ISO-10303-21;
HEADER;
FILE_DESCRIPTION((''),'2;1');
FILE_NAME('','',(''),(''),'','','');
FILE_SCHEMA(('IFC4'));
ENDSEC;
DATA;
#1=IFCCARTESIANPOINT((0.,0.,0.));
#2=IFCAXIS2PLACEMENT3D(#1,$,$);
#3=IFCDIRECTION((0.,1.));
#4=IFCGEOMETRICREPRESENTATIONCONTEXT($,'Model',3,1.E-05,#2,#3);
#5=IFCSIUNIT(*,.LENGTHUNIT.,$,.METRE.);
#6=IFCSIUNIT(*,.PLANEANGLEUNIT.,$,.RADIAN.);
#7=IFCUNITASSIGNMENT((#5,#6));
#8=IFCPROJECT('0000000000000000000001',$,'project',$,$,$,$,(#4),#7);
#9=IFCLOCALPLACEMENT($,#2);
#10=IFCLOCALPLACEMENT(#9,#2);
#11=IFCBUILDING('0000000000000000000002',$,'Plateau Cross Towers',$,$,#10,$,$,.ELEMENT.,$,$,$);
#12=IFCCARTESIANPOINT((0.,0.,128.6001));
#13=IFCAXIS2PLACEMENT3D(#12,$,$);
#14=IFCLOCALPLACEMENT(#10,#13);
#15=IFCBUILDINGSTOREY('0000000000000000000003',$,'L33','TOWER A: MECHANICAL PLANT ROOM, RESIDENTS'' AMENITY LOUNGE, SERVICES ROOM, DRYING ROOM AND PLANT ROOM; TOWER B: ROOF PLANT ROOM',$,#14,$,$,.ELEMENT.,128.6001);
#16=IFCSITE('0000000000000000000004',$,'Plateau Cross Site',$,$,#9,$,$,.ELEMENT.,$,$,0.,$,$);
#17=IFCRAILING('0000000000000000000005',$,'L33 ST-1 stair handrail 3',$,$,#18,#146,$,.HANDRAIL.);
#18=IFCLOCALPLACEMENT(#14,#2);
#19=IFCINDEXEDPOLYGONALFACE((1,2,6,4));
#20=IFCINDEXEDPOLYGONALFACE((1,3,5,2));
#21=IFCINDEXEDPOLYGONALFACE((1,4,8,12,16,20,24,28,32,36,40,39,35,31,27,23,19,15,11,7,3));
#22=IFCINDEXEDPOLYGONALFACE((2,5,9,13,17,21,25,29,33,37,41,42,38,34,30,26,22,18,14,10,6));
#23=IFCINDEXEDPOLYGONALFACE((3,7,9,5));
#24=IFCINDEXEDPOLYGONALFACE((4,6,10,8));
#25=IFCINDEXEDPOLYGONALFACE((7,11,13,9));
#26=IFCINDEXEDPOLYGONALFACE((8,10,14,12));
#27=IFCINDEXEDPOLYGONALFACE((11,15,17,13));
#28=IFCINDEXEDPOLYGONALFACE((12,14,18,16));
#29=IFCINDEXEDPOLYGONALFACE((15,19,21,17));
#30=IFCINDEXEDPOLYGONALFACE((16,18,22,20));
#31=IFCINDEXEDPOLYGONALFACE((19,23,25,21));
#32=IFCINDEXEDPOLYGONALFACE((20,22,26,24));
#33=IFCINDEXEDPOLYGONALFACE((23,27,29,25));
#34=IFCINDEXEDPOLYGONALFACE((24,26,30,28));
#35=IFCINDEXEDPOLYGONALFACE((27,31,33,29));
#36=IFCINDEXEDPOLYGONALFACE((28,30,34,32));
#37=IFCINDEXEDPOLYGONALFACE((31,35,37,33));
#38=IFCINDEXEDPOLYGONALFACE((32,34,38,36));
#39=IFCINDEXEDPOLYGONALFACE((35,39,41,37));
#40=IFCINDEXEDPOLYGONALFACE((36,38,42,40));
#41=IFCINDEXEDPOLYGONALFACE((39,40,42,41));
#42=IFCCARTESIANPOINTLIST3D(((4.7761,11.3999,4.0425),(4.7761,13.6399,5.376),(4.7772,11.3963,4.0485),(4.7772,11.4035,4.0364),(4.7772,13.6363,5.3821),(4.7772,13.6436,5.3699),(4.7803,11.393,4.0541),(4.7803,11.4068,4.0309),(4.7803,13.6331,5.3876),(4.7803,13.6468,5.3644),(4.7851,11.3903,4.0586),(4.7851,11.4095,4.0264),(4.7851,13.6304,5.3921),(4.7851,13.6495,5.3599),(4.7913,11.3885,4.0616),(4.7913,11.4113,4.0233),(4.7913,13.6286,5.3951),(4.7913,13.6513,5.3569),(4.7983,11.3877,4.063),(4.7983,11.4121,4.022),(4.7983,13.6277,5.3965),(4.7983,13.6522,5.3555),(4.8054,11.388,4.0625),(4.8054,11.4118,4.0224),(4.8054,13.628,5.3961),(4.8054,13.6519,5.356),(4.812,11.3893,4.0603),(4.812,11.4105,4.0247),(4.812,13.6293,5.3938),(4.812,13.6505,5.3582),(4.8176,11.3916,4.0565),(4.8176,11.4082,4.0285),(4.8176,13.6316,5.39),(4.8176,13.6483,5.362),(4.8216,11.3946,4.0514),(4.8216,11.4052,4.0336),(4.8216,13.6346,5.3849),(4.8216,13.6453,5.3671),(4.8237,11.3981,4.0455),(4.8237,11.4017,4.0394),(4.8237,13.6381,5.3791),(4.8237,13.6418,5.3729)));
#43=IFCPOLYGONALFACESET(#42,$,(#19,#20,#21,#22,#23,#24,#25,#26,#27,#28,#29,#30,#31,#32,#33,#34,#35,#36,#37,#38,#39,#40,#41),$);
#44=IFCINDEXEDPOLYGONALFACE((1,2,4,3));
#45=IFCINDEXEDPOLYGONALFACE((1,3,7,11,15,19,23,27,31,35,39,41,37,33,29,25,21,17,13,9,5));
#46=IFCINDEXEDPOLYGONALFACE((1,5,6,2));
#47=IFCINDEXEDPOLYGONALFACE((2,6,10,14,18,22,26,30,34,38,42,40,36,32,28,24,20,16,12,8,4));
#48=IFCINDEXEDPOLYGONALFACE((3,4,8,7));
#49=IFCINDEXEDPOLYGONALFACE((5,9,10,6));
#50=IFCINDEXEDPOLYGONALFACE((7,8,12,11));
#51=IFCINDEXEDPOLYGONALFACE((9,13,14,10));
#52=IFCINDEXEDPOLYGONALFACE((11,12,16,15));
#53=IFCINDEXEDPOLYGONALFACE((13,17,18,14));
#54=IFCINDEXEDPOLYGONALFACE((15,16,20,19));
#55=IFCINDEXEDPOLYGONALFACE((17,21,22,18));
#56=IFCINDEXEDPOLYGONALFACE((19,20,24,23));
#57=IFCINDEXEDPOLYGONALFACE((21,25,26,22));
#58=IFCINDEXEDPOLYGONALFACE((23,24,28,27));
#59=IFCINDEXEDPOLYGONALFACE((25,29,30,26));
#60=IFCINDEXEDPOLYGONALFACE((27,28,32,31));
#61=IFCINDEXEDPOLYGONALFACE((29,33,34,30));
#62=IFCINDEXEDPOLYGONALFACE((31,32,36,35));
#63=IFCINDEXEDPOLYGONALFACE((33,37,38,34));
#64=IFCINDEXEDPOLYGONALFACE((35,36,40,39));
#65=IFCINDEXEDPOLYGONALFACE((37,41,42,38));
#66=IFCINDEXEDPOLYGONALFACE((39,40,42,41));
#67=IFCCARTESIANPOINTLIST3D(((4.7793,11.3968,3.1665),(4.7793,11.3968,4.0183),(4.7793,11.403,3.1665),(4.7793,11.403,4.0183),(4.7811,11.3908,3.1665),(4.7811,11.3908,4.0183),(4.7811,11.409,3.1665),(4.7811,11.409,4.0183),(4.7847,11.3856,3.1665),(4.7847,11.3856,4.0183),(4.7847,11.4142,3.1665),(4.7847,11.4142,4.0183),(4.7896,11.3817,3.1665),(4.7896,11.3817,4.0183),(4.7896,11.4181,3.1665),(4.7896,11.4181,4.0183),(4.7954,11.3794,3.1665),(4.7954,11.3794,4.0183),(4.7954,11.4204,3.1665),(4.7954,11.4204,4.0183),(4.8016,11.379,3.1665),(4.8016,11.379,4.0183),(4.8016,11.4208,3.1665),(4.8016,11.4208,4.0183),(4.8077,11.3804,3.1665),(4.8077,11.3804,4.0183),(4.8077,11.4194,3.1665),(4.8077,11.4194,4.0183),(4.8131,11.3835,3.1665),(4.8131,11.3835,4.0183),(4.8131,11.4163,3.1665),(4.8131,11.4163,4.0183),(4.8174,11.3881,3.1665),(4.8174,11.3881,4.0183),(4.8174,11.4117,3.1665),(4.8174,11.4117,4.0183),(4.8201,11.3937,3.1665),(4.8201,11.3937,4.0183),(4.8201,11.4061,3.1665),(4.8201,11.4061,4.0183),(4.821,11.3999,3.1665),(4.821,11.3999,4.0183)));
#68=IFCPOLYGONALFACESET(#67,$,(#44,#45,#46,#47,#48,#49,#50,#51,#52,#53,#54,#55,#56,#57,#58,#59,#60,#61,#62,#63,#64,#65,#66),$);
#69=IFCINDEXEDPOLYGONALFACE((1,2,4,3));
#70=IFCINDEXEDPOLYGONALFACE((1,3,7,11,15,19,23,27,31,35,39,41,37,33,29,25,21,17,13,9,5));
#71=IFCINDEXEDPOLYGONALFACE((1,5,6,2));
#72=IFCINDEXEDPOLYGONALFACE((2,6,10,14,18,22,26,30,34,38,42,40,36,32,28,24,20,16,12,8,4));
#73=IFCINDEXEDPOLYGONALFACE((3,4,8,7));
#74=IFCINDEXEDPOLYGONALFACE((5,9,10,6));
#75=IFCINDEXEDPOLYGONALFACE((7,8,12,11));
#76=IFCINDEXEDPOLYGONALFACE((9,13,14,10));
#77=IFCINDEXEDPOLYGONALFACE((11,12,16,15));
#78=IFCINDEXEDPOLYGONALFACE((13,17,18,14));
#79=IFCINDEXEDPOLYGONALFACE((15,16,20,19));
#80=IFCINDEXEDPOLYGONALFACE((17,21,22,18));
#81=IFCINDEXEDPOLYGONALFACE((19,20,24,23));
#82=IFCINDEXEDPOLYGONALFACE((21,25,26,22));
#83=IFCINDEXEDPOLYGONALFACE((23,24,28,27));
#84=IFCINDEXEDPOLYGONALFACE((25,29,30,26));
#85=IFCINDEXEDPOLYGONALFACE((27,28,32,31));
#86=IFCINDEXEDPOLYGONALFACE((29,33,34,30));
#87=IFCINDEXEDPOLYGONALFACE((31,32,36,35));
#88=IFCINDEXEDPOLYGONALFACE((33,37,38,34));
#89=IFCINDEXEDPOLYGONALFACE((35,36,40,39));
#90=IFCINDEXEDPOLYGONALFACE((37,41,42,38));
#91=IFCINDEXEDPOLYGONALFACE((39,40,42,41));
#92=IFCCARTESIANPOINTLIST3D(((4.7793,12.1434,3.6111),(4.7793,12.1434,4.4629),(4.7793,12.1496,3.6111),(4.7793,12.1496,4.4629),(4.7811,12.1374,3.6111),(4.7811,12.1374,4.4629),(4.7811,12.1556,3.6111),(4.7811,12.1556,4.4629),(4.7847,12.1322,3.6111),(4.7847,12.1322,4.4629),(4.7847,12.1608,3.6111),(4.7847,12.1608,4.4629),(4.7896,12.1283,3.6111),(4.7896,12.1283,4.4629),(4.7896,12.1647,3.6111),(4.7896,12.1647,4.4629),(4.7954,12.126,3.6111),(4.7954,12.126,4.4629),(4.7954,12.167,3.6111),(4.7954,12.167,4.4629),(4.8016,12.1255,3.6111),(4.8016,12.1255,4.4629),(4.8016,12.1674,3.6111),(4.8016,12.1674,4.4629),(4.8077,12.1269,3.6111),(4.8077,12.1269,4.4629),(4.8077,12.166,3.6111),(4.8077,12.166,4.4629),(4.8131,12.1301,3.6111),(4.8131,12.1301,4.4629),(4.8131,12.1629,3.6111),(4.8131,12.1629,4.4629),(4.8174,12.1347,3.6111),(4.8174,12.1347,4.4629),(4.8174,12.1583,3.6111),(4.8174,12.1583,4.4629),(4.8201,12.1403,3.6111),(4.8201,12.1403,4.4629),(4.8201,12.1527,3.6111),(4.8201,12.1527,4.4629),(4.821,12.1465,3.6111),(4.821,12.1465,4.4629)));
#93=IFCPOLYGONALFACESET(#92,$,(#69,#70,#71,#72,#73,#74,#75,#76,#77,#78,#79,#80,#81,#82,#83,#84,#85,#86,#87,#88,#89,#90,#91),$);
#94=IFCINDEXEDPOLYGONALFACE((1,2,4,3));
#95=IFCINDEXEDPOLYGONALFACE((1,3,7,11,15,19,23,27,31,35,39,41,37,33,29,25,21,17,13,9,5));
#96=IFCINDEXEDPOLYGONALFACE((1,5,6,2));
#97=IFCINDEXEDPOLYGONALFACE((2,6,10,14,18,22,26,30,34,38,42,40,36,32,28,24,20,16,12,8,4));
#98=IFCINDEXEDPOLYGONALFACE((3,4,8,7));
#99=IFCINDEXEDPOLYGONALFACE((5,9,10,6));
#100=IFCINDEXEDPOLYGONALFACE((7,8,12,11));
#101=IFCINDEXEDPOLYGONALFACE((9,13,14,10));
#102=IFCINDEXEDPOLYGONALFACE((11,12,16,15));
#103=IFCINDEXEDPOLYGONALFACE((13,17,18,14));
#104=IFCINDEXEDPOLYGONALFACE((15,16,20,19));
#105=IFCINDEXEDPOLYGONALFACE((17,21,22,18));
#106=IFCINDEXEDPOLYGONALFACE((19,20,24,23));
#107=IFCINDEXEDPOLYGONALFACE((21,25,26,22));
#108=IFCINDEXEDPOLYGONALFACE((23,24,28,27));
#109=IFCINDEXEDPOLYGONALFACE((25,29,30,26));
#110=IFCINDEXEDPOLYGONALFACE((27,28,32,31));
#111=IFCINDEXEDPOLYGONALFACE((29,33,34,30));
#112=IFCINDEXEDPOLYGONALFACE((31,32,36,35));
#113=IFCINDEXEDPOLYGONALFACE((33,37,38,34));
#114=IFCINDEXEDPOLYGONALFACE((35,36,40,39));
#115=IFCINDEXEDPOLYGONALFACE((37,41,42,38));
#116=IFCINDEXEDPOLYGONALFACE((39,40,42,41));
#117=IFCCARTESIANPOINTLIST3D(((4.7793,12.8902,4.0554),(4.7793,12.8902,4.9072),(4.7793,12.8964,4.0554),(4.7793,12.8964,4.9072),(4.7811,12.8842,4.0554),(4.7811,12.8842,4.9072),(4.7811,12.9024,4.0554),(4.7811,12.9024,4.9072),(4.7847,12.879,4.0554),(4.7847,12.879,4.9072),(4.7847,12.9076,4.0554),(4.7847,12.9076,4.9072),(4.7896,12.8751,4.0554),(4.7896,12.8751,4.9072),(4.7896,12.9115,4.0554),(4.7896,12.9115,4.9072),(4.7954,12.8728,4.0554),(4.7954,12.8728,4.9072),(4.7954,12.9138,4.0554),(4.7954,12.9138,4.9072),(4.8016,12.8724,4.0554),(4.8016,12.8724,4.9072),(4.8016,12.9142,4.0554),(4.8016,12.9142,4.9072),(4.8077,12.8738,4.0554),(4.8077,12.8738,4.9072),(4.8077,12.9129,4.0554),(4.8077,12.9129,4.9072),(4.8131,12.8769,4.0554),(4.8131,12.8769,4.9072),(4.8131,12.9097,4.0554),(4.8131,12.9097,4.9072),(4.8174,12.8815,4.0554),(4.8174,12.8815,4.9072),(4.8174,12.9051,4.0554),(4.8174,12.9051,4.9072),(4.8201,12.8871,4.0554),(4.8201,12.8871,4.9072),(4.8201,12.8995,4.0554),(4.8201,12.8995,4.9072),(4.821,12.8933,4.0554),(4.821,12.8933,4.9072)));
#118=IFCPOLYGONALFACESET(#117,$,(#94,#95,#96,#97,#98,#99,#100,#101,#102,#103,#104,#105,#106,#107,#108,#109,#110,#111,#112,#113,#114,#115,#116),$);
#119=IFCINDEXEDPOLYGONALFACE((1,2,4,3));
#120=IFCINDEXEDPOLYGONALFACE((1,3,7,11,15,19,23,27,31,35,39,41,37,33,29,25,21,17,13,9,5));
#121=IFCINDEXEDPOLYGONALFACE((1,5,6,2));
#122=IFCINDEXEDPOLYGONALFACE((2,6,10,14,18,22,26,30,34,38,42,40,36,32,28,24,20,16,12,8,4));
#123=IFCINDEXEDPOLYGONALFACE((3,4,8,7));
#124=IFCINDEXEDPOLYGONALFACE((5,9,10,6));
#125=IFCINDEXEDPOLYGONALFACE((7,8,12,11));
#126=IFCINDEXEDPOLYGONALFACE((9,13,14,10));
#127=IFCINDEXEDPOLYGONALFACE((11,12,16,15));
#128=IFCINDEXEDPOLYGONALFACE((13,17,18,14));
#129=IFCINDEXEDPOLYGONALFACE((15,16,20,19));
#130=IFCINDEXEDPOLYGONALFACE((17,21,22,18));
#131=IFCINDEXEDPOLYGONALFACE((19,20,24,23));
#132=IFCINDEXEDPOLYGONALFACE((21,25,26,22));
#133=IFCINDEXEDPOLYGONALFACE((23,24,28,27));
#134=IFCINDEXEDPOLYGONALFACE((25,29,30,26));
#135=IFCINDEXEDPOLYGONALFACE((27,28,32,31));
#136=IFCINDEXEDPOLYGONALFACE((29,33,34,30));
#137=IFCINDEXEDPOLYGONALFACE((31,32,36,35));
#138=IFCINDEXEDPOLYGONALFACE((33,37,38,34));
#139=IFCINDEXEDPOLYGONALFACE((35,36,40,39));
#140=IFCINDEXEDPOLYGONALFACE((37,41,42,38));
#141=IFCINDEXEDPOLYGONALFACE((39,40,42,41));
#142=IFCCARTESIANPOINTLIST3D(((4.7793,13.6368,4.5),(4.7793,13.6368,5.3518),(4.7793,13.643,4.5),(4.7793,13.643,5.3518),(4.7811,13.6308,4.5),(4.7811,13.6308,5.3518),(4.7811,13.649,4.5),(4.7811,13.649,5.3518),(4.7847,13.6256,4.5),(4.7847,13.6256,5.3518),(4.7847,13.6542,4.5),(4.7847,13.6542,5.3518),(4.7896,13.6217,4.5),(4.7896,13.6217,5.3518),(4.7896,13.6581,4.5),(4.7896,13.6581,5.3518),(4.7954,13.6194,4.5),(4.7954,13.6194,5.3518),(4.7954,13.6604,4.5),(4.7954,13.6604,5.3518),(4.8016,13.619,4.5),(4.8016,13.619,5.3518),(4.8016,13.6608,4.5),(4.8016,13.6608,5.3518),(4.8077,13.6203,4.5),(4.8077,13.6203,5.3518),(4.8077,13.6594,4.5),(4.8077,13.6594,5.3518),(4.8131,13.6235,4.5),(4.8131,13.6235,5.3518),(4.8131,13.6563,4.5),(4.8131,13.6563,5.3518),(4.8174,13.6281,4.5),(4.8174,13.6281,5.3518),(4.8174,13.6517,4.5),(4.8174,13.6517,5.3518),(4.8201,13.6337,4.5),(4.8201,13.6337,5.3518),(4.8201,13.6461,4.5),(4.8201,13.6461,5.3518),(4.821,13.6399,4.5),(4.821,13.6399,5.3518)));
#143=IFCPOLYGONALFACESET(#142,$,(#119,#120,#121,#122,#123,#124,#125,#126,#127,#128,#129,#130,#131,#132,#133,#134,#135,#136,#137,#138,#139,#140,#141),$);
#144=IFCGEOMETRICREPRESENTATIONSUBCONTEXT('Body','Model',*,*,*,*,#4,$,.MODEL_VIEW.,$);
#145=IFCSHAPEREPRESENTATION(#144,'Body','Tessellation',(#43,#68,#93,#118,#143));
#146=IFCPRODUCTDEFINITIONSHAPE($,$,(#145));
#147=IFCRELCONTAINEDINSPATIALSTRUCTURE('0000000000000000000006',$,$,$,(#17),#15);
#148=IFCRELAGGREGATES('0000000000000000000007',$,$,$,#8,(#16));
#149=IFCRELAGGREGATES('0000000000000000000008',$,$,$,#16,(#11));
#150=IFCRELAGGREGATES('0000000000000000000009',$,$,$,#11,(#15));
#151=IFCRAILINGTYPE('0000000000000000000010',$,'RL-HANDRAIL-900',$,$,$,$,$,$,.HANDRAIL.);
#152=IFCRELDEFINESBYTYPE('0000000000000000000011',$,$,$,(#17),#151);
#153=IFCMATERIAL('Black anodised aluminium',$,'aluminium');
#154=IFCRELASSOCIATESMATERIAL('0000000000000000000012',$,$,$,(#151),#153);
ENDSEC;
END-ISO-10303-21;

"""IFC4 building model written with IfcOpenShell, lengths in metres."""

from ifc_helpers import new_model, si_unit, direction, frame, origin, origin_2d, place, context, subcontext, project, spatial, circle, extrude, material, type_object, element, save


model = new_model("IFC4")

# Units and contexts
model_context = context("Model", 3, precision=1e-05, world=origin(), true_north=direction((0.0, 1.0)))
body_context = subcontext(model_context, "Body", "Model", "MODEL_VIEW")
ifc_project = project(units=[si_unit("LENGTHUNIT", "METRE"), si_unit("PLANEANGLEUNIT", "RADIAN")], contexts=[model_context])

# Site, building, storey
site_placement = place(None, origin())
site = spatial("IfcSite", under=ifc_project, at=site_placement, Name="Plateau Cross Site", CompositionType="ELEMENT", RefElevation=0.0)
building_placement = place(site_placement, origin())
building = spatial("IfcBuilding", under=site, at=building_placement, Name="Plateau Cross Towers", CompositionType="ELEMENT")
storey_placement = place(building_placement, frame((0.0, 0.0, 128.6001)))
storey = spatial("IfcBuildingStorey", under=building, at=storey_placement, Name="L33", Description="TOWER A: MECHANICAL PLANT ROOM, RESIDENTS' AMENITY LOUNGE, SERVICES ROOM, DRYING ROOM AND PLANT ROOM; TOWER B: ROOF PLANT ROOM", CompositionType="ELEMENT", Elevation=128.6001)

# Railing
ifc_material_1 = material(Name="Black anodised aluminium", Category="aluminium")
railing_type_1 = type_object("IfcRailingType", Name="RL-HANDRAIL-900", PredefinedType="HANDRAIL", material=ifc_material_1)
for number, where, name in (
    (1, (4.8, 11.3999, 3.1665), "L33 ST-1 stair handrail 3"),
):
    element("IfcRailing", number, at=place(storey_placement, frame(where)), inside=storey, type_object=railing_type_1, Name=name, PredefinedType="HANDRAIL", context=body_context, shape_type="SweptSolid", body=[
        extrude(circle(Radius=0.0239, at=origin_2d()), frame((0.0, 0.0, 0.876), z_axis=(0.0, 0.859264, 0.511532), x_axis=(-1.0, 0.0, 0.0)), (0.0, 0.0, 1.0), 2.6069),
        extrude(circle(Radius=0.021, at=origin_2d()), origin(), (0.0, 0.0, 1.0), 0.8518),
        extrude(circle(Radius=0.021, at=origin_2d()), frame((0.0, 0.7466, 0.4446)), (0.0, 0.0, 1.0), 0.8518),
        extrude(circle(Radius=0.021, at=origin_2d()), frame((0.0, 1.4934, 0.8889)), (0.0, 0.0, 1.0), 0.8518),
        extrude(circle(Radius=0.021, at=origin_2d()), frame((0.0, 2.24, 1.3335)), (0.0, 0.0, 1.0), 0.8518),
    ])

save(model, "model.ifc")
